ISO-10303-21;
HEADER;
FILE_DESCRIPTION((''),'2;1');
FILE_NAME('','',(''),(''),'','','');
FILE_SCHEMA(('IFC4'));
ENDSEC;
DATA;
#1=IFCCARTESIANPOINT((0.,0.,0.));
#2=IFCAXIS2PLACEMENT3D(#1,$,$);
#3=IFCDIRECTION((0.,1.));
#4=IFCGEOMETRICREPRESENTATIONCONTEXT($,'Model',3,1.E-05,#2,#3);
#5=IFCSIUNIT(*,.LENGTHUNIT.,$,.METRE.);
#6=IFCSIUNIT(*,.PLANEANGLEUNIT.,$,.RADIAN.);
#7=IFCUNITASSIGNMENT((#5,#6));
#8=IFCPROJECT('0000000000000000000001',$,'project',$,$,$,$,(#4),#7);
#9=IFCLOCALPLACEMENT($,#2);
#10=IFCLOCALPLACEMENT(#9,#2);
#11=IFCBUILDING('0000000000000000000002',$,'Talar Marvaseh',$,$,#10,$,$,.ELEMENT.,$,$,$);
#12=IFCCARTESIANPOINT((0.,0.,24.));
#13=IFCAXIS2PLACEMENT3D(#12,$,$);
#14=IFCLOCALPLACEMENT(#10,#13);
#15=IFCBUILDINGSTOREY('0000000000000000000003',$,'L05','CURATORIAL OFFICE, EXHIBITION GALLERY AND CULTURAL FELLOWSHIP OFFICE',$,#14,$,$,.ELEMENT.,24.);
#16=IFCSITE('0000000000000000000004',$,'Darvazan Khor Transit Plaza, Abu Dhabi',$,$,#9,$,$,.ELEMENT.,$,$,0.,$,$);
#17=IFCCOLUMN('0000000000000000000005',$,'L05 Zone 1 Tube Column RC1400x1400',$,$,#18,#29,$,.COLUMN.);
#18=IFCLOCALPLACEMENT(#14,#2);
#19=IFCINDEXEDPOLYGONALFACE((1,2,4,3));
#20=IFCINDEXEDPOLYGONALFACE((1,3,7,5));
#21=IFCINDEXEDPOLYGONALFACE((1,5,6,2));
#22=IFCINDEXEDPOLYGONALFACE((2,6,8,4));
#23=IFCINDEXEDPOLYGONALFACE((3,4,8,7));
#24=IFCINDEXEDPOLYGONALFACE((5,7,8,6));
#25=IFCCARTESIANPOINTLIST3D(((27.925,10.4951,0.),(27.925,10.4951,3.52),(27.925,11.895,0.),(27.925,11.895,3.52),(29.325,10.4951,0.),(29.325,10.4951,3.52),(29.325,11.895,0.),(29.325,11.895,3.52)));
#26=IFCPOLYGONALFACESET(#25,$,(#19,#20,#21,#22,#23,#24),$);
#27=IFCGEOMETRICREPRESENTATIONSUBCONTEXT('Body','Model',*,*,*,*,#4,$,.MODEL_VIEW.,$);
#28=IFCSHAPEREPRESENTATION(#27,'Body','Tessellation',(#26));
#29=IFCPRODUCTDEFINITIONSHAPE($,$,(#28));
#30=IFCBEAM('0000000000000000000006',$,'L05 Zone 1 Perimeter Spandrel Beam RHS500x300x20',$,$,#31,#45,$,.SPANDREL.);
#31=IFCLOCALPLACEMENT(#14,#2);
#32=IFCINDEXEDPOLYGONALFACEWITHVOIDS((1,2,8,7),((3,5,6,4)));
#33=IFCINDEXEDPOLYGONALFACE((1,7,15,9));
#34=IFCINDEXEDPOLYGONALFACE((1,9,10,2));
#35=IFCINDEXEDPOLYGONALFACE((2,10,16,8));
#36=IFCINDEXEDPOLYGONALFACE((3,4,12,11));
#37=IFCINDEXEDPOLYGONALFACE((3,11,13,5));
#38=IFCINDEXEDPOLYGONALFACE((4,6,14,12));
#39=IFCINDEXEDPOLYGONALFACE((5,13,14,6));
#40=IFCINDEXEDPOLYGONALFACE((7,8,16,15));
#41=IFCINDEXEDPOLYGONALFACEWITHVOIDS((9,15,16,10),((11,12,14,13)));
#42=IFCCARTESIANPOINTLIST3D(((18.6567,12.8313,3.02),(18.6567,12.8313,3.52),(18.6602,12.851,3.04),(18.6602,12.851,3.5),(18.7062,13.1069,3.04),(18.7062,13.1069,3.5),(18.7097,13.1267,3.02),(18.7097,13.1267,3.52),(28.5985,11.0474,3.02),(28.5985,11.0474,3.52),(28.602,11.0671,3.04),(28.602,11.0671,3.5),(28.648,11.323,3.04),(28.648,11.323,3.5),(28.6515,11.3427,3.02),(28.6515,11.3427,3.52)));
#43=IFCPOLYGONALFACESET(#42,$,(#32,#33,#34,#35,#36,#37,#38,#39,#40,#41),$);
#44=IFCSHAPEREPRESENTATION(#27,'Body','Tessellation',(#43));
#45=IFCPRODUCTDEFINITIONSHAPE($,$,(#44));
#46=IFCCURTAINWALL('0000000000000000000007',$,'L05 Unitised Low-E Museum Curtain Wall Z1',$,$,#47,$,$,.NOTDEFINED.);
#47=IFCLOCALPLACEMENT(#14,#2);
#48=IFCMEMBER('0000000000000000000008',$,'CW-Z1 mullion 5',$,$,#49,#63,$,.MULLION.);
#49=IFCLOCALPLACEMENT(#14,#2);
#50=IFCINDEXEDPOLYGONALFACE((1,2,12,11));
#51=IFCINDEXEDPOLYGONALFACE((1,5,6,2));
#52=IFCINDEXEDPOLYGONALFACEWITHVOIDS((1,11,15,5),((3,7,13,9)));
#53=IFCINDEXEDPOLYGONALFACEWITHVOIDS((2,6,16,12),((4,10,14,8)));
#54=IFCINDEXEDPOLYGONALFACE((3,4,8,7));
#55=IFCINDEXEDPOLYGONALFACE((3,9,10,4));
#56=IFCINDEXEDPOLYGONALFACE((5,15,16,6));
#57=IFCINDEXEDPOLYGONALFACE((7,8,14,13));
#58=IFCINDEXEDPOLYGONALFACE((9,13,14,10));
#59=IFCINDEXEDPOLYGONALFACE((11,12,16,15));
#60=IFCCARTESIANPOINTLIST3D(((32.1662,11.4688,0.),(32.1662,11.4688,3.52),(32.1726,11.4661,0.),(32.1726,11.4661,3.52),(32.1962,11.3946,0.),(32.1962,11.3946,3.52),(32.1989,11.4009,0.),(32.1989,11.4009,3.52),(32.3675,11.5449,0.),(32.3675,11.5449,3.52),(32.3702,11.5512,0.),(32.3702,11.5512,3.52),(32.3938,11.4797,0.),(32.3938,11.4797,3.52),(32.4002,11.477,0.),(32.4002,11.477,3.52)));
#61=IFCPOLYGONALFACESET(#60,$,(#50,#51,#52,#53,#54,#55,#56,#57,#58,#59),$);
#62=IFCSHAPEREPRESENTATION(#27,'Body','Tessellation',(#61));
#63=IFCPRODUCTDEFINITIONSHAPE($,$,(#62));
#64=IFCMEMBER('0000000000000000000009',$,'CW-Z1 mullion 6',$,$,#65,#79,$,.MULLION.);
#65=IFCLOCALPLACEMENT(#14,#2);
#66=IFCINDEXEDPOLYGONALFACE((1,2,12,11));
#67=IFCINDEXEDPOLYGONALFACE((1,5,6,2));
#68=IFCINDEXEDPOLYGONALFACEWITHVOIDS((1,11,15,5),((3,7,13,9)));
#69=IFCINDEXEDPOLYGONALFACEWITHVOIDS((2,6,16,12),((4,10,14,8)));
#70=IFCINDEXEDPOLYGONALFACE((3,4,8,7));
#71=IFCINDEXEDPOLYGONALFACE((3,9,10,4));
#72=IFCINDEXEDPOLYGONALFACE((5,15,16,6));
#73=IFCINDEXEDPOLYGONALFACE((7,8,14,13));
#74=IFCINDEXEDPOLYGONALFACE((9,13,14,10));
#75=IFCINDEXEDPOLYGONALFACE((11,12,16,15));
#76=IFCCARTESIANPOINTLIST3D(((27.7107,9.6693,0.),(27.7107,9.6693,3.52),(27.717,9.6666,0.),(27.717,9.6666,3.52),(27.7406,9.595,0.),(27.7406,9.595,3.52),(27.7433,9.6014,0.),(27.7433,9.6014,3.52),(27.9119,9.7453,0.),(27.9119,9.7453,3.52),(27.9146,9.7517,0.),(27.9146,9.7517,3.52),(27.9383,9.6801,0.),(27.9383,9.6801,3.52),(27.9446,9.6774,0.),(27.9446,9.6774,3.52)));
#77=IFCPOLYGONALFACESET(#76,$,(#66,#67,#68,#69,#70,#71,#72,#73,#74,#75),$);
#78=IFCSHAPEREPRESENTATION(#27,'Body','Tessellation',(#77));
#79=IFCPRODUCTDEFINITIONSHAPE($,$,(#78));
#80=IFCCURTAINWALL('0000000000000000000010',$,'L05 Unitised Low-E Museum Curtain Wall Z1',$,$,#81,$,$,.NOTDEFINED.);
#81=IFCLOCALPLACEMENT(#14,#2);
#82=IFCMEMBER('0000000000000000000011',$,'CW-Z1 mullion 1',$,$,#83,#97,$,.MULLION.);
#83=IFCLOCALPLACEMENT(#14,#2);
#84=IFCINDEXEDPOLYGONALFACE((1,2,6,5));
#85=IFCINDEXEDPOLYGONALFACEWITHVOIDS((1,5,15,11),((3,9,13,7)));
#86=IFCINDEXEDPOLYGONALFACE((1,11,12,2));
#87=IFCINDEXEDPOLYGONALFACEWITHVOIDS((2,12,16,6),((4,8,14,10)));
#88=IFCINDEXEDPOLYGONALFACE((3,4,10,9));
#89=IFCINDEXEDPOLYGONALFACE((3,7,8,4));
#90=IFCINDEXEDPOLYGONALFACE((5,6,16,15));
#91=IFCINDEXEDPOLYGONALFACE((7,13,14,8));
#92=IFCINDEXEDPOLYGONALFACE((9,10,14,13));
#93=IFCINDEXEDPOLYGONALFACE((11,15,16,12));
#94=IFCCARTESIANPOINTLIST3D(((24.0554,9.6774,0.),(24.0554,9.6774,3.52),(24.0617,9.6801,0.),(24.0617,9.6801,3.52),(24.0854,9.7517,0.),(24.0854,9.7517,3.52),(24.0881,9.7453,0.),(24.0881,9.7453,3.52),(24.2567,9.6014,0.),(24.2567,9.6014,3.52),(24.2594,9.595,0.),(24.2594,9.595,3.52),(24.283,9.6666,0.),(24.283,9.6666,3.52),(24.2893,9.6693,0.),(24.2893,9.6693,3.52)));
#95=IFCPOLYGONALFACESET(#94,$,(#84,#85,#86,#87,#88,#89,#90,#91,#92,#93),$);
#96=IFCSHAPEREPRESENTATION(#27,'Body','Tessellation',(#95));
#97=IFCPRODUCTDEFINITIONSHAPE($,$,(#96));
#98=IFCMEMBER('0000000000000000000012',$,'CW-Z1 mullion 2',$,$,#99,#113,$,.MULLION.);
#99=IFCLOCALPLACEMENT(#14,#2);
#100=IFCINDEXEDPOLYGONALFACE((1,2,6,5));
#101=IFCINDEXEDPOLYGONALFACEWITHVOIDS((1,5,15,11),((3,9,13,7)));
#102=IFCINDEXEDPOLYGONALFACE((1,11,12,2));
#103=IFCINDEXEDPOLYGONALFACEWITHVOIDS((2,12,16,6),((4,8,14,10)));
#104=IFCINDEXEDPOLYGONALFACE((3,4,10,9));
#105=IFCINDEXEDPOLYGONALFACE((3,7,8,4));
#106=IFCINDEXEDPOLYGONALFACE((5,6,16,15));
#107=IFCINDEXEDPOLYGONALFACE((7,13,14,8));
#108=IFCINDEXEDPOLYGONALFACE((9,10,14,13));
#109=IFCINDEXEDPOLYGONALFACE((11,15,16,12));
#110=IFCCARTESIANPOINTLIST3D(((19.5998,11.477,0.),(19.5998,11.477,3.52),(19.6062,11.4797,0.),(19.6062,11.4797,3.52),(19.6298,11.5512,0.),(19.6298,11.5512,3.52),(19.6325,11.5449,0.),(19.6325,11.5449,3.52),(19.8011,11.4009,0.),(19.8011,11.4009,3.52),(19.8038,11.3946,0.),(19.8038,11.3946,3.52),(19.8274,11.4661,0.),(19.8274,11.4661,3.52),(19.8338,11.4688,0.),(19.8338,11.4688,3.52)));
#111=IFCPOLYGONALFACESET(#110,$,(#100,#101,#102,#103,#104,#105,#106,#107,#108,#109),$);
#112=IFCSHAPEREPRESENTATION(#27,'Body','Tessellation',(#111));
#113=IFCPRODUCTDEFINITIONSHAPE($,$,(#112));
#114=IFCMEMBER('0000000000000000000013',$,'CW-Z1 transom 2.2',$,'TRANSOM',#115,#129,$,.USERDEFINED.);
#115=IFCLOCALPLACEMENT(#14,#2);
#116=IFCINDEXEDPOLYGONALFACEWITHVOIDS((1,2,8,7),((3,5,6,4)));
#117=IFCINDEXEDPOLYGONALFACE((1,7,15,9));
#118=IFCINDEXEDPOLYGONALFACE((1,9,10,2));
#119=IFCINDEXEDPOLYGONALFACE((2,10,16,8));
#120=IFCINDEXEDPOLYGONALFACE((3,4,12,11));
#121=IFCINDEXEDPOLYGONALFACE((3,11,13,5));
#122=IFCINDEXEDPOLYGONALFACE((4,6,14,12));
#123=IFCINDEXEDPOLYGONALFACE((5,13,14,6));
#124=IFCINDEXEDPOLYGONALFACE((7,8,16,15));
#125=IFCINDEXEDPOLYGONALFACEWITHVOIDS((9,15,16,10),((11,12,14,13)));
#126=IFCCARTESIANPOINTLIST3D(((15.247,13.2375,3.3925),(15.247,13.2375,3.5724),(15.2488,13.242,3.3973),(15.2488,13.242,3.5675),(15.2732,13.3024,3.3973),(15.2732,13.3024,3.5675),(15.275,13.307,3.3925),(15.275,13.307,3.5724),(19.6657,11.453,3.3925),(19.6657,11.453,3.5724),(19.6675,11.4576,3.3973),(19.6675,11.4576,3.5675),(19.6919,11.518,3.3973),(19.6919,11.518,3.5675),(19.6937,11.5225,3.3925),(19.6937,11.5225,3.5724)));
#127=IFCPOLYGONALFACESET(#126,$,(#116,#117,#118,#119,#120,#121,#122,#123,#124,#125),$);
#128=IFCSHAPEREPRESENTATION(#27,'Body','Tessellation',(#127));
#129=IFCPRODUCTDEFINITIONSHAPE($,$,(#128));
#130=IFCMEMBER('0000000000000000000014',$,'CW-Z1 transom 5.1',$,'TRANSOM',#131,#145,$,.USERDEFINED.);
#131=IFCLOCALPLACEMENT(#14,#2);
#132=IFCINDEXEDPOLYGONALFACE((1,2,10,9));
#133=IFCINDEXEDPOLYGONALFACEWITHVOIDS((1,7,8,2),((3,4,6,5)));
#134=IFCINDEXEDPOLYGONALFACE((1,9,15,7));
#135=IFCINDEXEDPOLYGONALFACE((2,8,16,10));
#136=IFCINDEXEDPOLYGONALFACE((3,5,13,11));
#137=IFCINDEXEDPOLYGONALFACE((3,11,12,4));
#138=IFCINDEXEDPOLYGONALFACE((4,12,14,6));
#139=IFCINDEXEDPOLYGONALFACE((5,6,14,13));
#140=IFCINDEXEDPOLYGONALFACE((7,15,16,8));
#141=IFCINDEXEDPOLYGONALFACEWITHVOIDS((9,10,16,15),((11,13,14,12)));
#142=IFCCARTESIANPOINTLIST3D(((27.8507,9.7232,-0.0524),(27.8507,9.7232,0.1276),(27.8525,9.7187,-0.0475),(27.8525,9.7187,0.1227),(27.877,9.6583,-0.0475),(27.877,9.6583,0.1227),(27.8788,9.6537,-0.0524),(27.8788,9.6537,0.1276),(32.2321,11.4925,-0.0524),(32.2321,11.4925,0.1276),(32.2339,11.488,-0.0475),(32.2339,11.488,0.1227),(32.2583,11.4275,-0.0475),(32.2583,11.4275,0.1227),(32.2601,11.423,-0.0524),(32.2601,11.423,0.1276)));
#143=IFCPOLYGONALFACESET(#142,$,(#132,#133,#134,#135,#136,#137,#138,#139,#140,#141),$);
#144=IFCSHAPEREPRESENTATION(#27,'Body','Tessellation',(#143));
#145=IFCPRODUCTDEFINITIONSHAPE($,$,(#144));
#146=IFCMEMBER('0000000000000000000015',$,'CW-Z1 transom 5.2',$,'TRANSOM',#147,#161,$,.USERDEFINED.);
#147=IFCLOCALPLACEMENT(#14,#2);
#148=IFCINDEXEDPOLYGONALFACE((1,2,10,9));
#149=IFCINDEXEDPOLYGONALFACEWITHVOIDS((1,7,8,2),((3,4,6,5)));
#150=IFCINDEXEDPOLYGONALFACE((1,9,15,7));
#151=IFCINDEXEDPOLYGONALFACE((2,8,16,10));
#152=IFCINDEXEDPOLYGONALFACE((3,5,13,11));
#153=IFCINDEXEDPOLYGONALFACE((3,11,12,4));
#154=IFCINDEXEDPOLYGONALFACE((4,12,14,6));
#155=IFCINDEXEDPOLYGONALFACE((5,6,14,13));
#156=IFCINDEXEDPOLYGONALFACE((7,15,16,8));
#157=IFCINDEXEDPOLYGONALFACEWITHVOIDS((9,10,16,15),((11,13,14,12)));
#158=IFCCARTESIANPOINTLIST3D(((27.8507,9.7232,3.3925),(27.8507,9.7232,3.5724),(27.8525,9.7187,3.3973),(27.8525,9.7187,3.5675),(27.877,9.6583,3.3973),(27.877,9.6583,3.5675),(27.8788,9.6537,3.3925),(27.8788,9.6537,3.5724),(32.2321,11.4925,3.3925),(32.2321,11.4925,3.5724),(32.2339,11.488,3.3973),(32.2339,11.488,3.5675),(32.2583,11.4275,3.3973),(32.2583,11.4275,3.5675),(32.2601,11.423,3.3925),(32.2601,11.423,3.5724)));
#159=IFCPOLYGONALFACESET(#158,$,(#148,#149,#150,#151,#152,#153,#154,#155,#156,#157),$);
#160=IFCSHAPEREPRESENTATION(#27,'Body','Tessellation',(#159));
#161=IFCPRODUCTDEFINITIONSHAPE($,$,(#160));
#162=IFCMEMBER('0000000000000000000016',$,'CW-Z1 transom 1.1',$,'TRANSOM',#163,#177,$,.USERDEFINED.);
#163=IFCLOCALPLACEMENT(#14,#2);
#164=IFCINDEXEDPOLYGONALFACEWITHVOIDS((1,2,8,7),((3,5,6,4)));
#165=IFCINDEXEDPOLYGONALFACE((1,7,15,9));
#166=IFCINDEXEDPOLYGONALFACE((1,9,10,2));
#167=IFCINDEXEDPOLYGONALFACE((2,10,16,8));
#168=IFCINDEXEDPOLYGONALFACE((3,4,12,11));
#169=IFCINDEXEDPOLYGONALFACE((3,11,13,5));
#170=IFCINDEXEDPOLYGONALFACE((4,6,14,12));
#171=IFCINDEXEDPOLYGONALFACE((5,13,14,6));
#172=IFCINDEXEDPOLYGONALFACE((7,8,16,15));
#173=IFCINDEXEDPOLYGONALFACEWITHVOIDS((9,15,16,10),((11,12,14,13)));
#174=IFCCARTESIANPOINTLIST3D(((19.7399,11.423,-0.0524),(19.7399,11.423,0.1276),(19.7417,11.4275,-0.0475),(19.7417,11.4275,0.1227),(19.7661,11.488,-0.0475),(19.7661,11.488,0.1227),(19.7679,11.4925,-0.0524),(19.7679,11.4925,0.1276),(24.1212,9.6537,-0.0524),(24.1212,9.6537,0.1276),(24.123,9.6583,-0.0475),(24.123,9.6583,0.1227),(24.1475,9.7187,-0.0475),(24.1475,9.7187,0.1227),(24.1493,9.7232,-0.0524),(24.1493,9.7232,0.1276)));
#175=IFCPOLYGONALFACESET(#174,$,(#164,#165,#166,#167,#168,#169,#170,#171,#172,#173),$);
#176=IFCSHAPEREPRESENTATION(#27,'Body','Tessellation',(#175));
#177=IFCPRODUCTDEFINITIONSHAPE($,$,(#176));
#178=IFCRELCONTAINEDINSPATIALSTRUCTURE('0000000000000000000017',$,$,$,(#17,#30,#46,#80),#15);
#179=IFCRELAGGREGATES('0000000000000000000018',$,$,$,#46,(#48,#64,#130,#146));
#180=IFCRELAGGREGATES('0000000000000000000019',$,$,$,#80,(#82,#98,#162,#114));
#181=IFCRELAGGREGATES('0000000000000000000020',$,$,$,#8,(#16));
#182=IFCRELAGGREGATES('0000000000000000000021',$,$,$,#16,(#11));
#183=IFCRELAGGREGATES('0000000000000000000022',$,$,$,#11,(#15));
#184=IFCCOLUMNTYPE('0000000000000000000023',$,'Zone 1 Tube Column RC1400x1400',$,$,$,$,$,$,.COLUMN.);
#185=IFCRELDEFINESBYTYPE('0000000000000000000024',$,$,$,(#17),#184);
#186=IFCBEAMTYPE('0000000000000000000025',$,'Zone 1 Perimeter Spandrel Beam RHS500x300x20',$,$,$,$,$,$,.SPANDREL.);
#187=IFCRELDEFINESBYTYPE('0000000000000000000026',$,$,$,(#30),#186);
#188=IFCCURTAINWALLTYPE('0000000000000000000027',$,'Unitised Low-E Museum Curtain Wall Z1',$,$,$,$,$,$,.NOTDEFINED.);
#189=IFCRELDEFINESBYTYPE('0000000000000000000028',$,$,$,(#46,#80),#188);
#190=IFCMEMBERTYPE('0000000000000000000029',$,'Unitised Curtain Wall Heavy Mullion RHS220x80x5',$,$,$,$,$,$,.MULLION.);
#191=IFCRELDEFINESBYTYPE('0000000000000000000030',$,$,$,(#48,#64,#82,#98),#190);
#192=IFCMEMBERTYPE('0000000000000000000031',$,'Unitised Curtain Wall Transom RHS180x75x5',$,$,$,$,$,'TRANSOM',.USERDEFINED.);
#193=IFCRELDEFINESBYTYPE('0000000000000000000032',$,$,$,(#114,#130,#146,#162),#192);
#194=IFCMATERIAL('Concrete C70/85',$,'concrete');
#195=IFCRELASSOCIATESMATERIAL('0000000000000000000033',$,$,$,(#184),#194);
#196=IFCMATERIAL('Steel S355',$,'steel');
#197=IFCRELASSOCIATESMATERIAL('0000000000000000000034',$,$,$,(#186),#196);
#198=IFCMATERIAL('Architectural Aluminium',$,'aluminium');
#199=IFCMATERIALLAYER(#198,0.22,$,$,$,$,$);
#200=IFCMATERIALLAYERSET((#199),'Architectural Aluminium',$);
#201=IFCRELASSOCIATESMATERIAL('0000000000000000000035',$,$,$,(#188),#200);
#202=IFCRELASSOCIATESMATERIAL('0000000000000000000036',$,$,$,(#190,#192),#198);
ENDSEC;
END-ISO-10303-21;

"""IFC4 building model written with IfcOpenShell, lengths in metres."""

from ifc_helpers import new_model, si_unit, direction, frame, origin, origin_2d, place, context, subcontext, project, spatial, rectangle, hollow_rectangle, extrude, source, transform, mapped, material, layer, layer_set, material_profile, profile_set, type_object, type_shapes, element, aggregate, save


model = new_model("IFC4")

# Units and contexts
model_context = context("Model", 3, precision=1e-05, world=origin(), true_north=direction((0.0, 1.0)))
body_context = subcontext(model_context, "Body", "Model", "MODEL_VIEW")
ifc_project = project(units=[si_unit("LENGTHUNIT", "METRE"), si_unit("PLANEANGLEUNIT", "RADIAN")], contexts=[model_context])

# Site, building, storey
site_placement = place(None, origin())
site = spatial("IfcSite", under=ifc_project, at=site_placement, Name="Darvazan Khor Transit Plaza, Abu Dhabi", CompositionType="ELEMENT", RefElevation=0.0)
building_placement = place(site_placement, origin())
building = spatial("IfcBuilding", under=site, at=building_placement, Name="Talar Marvaseh", CompositionType="ELEMENT")
storey_placement = place(building_placement, frame((0.0, 0.0, 24.0)))
storey = spatial("IfcBuildingStorey", under=building, at=storey_placement, Name="L05", Description="CURATORIAL OFFICE, EXHIBITION GALLERY AND CULTURAL FELLOWSHIP OFFICE", CompositionType="ELEMENT", Elevation=24.0)

# Column
ifc_material_1 = material(Name="Concrete C70/85", Category="concrete")
ifc_material_profile_1 = material_profile(ifc_material_1, rectangle(XDim=1.3999, YDim=1.3999, at=origin_2d()), Name="RC1400x1400")
ifc_profile_set_1 = profile_set([ifc_material_profile_1], Name="Concrete C70/85")
column_type = type_object("IfcColumnType", Name="Zone 1 Tube Column RC1400x1400", PredefinedType="COLUMN", material=ifc_profile_set_1)
column_placement = place(storey_placement, frame((28.625, 11.1951, 0.0), z_axis=(0.0, 0.0, 1.0), x_axis=(1.0, 0.0, 0.0)))
element("IfcColumn", 1, at=column_placement, inside=storey, type_object=column_type, Name="L05 Zone 1 Tube Column RC1400x1400", PredefinedType="COLUMN", context=body_context, shape_type="SweptSolid", body=[
    extrude(rectangle(XDim=1.3999, YDim=1.3999, at=origin_2d()), origin(), (0.0, 0.0, 1.0), 3.52),
])

# Beam
ifc_material_2 = material(Name="Steel S355", Category="steel")
ifc_material_profile_2 = material_profile(ifc_material_2, hollow_rectangle(XDim=0.3, YDim=0.5, WallThickness=0.02, at=origin_2d()), Name="RHS500x300x20")
ifc_profile_set_2 = profile_set([ifc_material_profile_2], Name="Steel S355")
beam_type = type_object("IfcBeamType", Name="Zone 1 Perimeter Spandrel Beam RHS500x300x20", PredefinedType="SPANDREL", material=ifc_profile_set_2)
beam_placement = place(storey_placement, frame((28.625, 11.1951, 3.27), z_axis=(-0.98428, 0.176615, 0.0), x_axis=(-0.176615, -0.98428, 0.0)))
element("IfcBeam", 2, at=beam_placement, inside=storey, type_object=beam_type, Name="L05 Zone 1 Perimeter Spandrel Beam RHS500x300x20", PredefinedType="SPANDREL", context=body_context, shape_type="SweptSolid", body=[
    extrude(hollow_rectangle(XDim=0.3, YDim=0.5, WallThickness=0.02, at=origin_2d()), origin(), (0.0, 0.0, 1.0), 10.1006),
])

# Curtain walls, members
ifc_material_3 = material(Name="Architectural Aluminium", Category="aluminium")
ifc_layer_1 = layer(ifc_material_3, 0.22)
ifc_layer_set_1 = layer_set([ifc_layer_1], Name="Architectural Aluminium")
curtain_wall_type = type_object("IfcCurtainWallType", Name="Unitised Low-E Museum Curtain Wall Z1", PredefinedType="NOTDEFINED", material=ifc_layer_set_1)
curtain_wall_1_placement = place(storey_placement, origin())
curtain_wall_1 = element("IfcCurtainWall", 3, at=curtain_wall_1_placement, inside=storey, type_object=curtain_wall_type, Name="L05 Unitised Low-E Museum Curtain Wall Z1", PredefinedType="NOTDEFINED")
ifc_material_profile_3 = material_profile(ifc_material_3, hollow_rectangle(XDim=0.0801, YDim=0.22, WallThickness=0.0049, at=origin_2d()), Name="RHS220x80x5")
ifc_profile_set_3 = profile_set([ifc_material_profile_3], Name="Architectural Aluminium")
member_type_1 = type_object("IfcMemberType", Name="Unitised Curtain Wall Heavy Mullion RHS220x80x5", PredefinedType="MULLION", material=ifc_profile_set_3)
shared_shape_1 = source(origin(), body_context, "Body", "SweptSolid", [
    extrude(hollow_rectangle(XDim=0.0801, YDim=0.22, WallThickness=0.0049, at=origin_2d()), origin(), (0.0, 0.0, 1.0), 3.52),
])
type_shapes(member_type_1, [shared_shape_1])
member_1_placement = place(storey_placement, frame((32.2832, 11.4729, 0.0), z_axis=(0.0, 0.0, 1.0), x_axis=(0.374463, -0.927242, 0.0)))
member_1 = element("IfcMember", 4, at=member_1_placement, type_object=member_type_1, Name="CW-Z1 mullion 5", PredefinedType="MULLION", context=body_context, shape_type="MappedRepresentation", body=[
    mapped(shared_shape_1, transform((0.0, 0.0, 0.0), x_axis=(1.0, 0.0, 0.0), y_axis=(0.0, 1.0, 0.0), z_axis=(0.0, 0.0, 1.0), scale=1.0)),
])
member_2_placement = place(storey_placement, frame((27.8276, 9.6733, 0.0), z_axis=(0.0, 0.0, 1.0), x_axis=(0.374463, -0.927242, 0.0)))
member_2 = element("IfcMember", 5, at=member_2_placement, type_object=member_type_1, Name="CW-Z1 mullion 6", PredefinedType="MULLION", context=body_context, shape_type="MappedRepresentation", body=[
    mapped(shared_shape_1, transform((0.0, 0.0, 0.0), x_axis=(1.0, 0.0, 0.0), y_axis=(0.0, 1.0, 0.0), z_axis=(0.0, 0.0, 1.0), scale=1.0)),
])
curtain_wall_2_placement = place(storey_placement, origin())
curtain_wall_2 = element("IfcCurtainWall", 6, at=curtain_wall_2_placement, inside=storey, type_object=curtain_wall_type, Name="L05 Unitised Low-E Museum Curtain Wall Z1", PredefinedType="NOTDEFINED")
member_3_placement = place(storey_placement, frame((24.1724, 9.6733, 0.0), z_axis=(0.0, 0.0, 1.0), x_axis=(-0.374463, -0.927242, 0.0)))
member_3 = element("IfcMember", 7, at=member_3_placement, type_object=member_type_1, Name="CW-Z1 mullion 1", PredefinedType="MULLION", context=body_context, shape_type="MappedRepresentation", body=[
    mapped(shared_shape_1, transform((0.0, 0.0, 0.0), x_axis=(1.0, 0.0, 0.0), y_axis=(0.0, 1.0, 0.0), z_axis=(0.0, 0.0, 1.0), scale=1.0)),
])
member_4_placement = place(storey_placement, frame((19.7168, 11.4729, 0.0), z_axis=(0.0, 0.0, 1.0), x_axis=(-0.374463, -0.927242, 0.0)))
member_4 = element("IfcMember", 8, at=member_4_placement, type_object=member_type_1, Name="CW-Z1 mullion 2", PredefinedType="MULLION", context=body_context, shape_type="MappedRepresentation", body=[
    mapped(shared_shape_1, transform((0.0, 0.0, 0.0), x_axis=(1.0, 0.0, 0.0), y_axis=(0.0, 1.0, 0.0), z_axis=(0.0, 0.0, 1.0), scale=1.0)),
])
ifc_material_profile_4 = material_profile(ifc_material_3, hollow_rectangle(XDim=0.075, YDim=0.1799, WallThickness=0.0049, at=origin_2d()), Name="RHS180x75x5")
ifc_profile_set_4 = profile_set([ifc_material_profile_4], Name="Architectural Aluminium")
member_type_2 = type_object("IfcMemberType", Name="Unitised Curtain Wall Transom RHS180x75x5", ElementType="TRANSOM", PredefinedType="USERDEFINED", material=ifc_profile_set_4)
shared_shape_2 = source(origin(), body_context, "Body", "SweptSolid", [
    extrude(hollow_rectangle(XDim=0.075, YDim=0.1799, WallThickness=0.0049, at=origin_2d()), origin(), (0.0, 0.0, 1.0), 4.7654),
])
member_5_placement = place(storey_placement, frame((19.6797, 11.4878, 3.4824), z_axis=(-0.927246, 0.374454, 0.0), x_axis=(-0.374454, -0.927246, 0.0)))
member_5 = element("IfcMember", 9, at=member_5_placement, type_object=member_type_2, Name="CW-Z1 transom 2.2", ObjectType="TRANSOM", PredefinedType="USERDEFINED", context=body_context, shape_type="MappedRepresentation", body=[
    mapped(shared_shape_2, transform((0.0, 0.0, 0.0), x_axis=(1.0, 0.0, 0.0), y_axis=(0.0, 1.0, 0.0), z_axis=(0.0, 0.0, 1.0), scale=1.0)),
])

# Members
shared_shape_3 = source(origin(), body_context, "Body", "SweptSolid", [
    extrude(hollow_rectangle(XDim=0.075, YDim=0.1799, WallThickness=0.0049, at=origin_2d()), origin(), (0.0, 0.0, 1.0), 4.7251),
])
type_shapes(member_type_2, [shared_shape_2, shared_shape_3])
member_6_placement = place(storey_placement, frame((32.2461, 11.4578, 0.0376), z_axis=(-0.927249, -0.374444, 0.0), x_axis=(0.374444, -0.927249, 0.0)))
member_6 = element("IfcMember", 10, at=member_6_placement, type_object=member_type_2, Name="CW-Z1 transom 5.1", ObjectType="TRANSOM", PredefinedType="USERDEFINED", context=body_context, shape_type="MappedRepresentation", body=[
    mapped(shared_shape_3, transform((0.0, 0.0, 0.0), x_axis=(1.0, 0.0, 0.0), y_axis=(0.0, 1.0, 0.0), z_axis=(0.0, 0.0, 1.0), scale=1.0)),
])
member_7_placement = place(storey_placement, frame((32.2461, 11.4578, 3.4824), z_axis=(-0.927249, -0.374444, 0.0), x_axis=(0.374444, -0.927249, 0.0)))
member_7 = element("IfcMember", 11, at=member_7_placement, type_object=member_type_2, Name="CW-Z1 transom 5.2", ObjectType="TRANSOM", PredefinedType="USERDEFINED", context=body_context, shape_type="MappedRepresentation", body=[
    mapped(shared_shape_3, transform((0.0, 0.0, 0.0), x_axis=(1.0, 0.0, 0.0), y_axis=(0.0, 1.0, 0.0), z_axis=(0.0, 0.0, 1.0), scale=1.0)),
])
member_8_placement = place(storey_placement, frame((24.1353, 9.6885, 0.0376), z_axis=(-0.927249, 0.374444, 0.0), x_axis=(-0.374444, -0.927249, 0.0)))
member_8 = element("IfcMember", 12, at=member_8_placement, type_object=member_type_2, Name="CW-Z1 transom 1.1", ObjectType="TRANSOM", PredefinedType="USERDEFINED", context=body_context, shape_type="MappedRepresentation", body=[
    mapped(shared_shape_3, transform((0.0, 0.0, 0.0), x_axis=(1.0, 0.0, 0.0), y_axis=(0.0, 1.0, 0.0), z_axis=(0.0, 0.0, 1.0), scale=1.0)),
])

aggregate(curtain_wall_1, [member_1, member_2, member_6, member_7])
aggregate(curtain_wall_2, [member_3, member_4, member_8, member_5])

save(model, "model.ifc")
